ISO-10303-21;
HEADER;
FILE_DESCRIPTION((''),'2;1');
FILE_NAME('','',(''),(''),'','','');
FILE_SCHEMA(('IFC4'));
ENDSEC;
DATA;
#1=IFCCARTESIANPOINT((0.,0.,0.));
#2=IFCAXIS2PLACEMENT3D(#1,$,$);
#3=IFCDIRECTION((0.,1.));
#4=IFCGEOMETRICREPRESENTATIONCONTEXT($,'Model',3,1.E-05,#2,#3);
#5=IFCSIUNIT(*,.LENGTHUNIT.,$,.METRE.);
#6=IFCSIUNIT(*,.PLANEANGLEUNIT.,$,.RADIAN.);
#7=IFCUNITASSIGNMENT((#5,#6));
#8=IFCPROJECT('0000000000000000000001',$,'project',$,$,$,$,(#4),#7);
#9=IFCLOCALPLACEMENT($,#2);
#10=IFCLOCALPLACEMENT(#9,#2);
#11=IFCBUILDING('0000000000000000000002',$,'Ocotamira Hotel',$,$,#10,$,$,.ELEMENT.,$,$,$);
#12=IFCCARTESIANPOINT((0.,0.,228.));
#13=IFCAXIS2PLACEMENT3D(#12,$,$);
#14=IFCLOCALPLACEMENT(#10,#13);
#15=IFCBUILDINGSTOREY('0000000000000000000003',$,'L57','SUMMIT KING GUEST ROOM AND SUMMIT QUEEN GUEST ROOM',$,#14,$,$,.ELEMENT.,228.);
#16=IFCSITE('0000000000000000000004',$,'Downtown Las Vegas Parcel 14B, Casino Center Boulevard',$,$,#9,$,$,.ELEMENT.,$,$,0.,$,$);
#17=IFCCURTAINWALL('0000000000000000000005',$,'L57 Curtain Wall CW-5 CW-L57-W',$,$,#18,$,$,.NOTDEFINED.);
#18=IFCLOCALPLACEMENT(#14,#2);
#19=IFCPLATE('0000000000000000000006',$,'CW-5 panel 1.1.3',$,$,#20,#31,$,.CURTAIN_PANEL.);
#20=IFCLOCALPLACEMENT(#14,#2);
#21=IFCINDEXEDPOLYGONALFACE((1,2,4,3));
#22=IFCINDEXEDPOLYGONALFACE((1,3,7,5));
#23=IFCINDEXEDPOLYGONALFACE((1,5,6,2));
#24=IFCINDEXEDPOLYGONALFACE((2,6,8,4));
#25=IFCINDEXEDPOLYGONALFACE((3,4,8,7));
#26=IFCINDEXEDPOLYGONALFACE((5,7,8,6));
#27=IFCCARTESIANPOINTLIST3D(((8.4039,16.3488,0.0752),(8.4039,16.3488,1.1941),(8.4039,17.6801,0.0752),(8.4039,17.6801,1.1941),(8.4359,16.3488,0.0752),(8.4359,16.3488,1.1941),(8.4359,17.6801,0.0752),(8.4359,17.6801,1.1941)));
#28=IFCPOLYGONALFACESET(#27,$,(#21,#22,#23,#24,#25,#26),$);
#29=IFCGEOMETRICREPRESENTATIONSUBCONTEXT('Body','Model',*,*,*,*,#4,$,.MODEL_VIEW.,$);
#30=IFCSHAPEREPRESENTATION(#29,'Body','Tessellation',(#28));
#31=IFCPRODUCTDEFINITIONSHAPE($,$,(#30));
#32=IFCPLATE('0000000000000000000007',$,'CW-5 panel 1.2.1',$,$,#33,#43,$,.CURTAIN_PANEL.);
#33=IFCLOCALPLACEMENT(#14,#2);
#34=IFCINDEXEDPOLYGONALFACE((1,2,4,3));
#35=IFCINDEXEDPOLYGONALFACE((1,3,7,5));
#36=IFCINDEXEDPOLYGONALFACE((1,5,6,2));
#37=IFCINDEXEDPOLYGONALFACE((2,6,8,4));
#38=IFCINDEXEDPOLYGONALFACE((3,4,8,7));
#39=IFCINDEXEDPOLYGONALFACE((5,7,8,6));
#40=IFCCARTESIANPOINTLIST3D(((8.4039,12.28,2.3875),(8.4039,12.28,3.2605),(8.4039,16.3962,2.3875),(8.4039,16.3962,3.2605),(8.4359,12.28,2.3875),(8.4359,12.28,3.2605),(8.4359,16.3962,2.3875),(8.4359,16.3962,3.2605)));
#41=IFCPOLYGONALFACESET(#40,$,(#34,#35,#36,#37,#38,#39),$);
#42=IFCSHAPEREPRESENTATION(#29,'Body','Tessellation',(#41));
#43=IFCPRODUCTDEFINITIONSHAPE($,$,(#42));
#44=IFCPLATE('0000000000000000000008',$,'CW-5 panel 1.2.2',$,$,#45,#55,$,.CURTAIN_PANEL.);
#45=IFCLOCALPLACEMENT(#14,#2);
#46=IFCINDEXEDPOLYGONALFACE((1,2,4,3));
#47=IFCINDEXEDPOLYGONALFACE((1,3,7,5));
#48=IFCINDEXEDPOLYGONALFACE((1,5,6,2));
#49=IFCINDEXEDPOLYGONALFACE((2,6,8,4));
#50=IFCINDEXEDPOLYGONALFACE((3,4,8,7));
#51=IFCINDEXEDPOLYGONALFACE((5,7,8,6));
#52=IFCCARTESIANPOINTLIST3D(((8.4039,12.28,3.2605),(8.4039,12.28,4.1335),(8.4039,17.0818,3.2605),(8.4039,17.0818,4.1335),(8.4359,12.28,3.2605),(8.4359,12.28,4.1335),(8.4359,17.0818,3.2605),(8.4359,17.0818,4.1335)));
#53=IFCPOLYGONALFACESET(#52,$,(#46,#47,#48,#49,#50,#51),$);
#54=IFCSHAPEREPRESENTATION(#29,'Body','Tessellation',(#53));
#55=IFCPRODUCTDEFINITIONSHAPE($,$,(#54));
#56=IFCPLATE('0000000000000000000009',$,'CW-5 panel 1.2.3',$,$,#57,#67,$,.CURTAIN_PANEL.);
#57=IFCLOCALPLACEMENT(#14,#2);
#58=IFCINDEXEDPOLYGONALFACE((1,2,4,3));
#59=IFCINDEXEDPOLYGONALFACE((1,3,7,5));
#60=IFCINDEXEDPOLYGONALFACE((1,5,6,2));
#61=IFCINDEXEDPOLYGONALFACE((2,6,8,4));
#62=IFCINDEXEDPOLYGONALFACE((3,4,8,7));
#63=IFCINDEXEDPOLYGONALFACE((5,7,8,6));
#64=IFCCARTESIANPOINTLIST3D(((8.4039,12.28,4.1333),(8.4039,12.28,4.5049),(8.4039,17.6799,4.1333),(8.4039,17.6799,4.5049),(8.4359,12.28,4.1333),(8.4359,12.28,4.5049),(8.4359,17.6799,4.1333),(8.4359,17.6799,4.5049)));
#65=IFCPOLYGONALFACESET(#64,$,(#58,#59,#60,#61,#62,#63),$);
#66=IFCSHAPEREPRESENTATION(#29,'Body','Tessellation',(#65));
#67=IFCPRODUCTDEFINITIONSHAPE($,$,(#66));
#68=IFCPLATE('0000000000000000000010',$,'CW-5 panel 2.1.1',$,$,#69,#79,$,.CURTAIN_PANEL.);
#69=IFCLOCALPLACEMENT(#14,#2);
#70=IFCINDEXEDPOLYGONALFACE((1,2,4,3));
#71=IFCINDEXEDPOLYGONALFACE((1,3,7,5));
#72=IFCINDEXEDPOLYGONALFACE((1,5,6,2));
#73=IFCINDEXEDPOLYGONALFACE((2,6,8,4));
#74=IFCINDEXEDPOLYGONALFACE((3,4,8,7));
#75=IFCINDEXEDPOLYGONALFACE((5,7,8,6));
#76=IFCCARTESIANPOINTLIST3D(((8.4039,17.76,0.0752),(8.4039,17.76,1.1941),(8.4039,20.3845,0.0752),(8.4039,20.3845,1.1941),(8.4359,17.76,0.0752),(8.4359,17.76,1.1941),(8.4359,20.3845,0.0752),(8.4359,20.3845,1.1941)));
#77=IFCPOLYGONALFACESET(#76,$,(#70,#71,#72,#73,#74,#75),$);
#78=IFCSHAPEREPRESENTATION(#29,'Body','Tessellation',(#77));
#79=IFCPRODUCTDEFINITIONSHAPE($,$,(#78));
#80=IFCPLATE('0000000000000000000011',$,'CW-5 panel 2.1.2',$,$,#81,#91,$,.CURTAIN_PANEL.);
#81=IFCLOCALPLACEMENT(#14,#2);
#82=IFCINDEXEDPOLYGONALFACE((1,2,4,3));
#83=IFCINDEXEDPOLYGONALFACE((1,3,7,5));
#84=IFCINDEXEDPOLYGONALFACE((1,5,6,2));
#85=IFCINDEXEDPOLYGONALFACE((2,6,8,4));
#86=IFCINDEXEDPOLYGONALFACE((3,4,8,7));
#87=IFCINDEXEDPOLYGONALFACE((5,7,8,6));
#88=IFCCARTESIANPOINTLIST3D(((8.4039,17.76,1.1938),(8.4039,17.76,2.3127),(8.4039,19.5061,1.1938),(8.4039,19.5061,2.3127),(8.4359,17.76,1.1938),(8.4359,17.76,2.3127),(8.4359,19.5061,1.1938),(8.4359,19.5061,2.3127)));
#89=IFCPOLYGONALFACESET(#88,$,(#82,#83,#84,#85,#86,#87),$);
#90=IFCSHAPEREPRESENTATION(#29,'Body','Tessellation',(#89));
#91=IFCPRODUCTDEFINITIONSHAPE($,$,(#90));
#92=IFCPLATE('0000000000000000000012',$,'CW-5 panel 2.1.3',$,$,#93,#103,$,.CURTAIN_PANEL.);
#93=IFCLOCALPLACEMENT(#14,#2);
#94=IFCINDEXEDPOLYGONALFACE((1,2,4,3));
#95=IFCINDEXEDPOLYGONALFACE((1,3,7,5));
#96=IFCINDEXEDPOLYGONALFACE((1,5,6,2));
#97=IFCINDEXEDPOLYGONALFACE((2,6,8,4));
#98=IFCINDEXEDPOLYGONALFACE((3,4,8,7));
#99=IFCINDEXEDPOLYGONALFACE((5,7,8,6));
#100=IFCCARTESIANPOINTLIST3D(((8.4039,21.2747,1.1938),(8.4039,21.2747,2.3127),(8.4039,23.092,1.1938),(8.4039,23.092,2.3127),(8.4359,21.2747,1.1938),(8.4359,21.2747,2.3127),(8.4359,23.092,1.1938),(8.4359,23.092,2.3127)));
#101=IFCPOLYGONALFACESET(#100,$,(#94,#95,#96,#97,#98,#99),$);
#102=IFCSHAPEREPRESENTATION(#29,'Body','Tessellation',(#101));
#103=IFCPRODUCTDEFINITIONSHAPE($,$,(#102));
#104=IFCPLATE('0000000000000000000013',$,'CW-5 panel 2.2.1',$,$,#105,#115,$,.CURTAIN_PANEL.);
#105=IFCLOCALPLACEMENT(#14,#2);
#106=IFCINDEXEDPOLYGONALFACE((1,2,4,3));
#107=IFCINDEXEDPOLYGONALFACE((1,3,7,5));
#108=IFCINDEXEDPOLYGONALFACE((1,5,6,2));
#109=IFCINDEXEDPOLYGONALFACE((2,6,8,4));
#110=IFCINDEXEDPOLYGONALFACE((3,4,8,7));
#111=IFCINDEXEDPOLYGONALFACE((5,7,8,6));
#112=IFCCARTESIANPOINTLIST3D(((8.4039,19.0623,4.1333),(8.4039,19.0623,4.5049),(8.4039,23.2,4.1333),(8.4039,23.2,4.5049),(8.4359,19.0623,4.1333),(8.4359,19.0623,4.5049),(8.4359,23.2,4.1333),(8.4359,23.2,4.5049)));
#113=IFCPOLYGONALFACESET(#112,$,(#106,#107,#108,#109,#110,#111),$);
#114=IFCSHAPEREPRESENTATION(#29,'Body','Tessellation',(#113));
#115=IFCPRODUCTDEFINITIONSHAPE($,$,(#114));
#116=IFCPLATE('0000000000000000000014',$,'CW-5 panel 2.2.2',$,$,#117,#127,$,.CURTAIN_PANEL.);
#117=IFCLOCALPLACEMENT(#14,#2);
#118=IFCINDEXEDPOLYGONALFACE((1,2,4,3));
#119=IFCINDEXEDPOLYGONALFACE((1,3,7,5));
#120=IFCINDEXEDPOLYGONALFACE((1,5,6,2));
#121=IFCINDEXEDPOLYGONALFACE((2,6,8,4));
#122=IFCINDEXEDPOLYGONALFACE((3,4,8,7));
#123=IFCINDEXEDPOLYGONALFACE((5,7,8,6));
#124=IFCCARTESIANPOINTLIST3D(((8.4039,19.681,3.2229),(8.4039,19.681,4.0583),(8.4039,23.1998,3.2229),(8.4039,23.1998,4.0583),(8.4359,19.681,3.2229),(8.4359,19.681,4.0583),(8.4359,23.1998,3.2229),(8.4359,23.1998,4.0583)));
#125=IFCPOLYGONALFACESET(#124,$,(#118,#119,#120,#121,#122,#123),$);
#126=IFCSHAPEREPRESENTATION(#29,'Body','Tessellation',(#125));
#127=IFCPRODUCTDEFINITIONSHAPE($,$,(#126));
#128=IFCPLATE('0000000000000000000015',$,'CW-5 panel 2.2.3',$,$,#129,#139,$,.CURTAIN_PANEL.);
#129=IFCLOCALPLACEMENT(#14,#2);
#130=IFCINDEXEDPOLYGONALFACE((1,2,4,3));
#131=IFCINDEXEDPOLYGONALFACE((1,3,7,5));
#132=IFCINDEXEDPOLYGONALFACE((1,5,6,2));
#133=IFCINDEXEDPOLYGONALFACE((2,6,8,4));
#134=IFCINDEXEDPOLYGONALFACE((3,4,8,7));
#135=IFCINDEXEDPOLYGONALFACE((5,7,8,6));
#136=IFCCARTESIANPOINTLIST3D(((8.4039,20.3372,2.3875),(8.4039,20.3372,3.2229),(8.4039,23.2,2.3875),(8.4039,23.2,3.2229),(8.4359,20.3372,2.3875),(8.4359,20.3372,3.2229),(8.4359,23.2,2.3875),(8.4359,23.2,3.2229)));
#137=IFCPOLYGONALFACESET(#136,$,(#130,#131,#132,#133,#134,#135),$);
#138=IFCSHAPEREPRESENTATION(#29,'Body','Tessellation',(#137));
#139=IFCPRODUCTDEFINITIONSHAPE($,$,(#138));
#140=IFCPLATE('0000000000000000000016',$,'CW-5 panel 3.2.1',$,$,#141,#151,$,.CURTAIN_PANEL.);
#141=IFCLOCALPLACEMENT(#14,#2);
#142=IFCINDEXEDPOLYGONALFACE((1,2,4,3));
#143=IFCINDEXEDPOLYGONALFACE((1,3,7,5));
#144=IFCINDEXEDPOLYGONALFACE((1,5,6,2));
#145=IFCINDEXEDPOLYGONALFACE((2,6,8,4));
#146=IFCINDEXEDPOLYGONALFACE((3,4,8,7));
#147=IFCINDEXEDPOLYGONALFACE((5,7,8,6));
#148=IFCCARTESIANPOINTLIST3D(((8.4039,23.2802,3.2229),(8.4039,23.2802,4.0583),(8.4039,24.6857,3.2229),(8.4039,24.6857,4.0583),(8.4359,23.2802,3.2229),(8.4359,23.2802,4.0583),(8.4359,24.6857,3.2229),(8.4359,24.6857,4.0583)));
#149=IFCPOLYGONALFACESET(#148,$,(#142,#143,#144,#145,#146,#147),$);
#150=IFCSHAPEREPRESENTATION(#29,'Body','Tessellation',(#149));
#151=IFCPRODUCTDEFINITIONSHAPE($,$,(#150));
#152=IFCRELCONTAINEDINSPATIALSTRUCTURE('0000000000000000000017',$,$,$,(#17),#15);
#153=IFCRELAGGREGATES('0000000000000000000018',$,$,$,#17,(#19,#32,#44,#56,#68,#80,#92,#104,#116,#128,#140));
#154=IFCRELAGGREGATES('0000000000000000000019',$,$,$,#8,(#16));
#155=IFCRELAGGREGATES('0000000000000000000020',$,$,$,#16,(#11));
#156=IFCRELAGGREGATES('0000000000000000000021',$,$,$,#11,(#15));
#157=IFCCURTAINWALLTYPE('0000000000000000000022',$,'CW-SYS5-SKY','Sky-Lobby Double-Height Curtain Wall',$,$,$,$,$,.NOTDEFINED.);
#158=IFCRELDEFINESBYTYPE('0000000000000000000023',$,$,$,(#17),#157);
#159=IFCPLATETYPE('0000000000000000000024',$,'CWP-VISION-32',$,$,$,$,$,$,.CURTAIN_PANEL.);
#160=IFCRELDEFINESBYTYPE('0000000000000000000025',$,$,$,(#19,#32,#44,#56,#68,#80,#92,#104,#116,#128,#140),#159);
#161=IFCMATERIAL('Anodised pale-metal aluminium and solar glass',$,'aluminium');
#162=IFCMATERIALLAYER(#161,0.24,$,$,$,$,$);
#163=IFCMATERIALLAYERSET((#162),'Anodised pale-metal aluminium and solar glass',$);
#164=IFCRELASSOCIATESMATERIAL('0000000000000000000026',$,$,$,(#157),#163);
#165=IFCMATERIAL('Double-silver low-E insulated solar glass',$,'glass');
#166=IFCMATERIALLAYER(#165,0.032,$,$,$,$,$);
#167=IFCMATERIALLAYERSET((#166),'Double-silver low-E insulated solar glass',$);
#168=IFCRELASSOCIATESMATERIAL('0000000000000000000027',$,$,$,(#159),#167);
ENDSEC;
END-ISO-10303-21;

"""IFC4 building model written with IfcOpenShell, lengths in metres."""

from ifc_helpers import new_model, si_unit, direction, frame, origin, origin_2d, place, context, subcontext, project, spatial, rectangle, extrude, source, transform, mapped, material, layer, layer_set, type_object, element, aggregate, save


model = new_model("IFC4")

# Units and contexts
model_context = context("Model", 3, precision=1e-05, world=origin(), true_north=direction((0.0, 1.0)))
body_context = subcontext(model_context, "Body", "Model", "MODEL_VIEW")
ifc_project = project(units=[si_unit("LENGTHUNIT", "METRE"), si_unit("PLANEANGLEUNIT", "RADIAN")], contexts=[model_context])

# Site, building, storey
site_placement = place(None, origin())
site = spatial("IfcSite", under=ifc_project, at=site_placement, Name="Downtown Las Vegas Parcel 14B, Casino Center Boulevard", CompositionType="ELEMENT", RefElevation=0.0)
building_placement = place(site_placement, origin())
building = spatial("IfcBuilding", under=site, at=building_placement, Name="Ocotamira Hotel", CompositionType="ELEMENT")
storey_placement = place(building_placement, frame((0.0, 0.0, 228.0)))
storey = spatial("IfcBuildingStorey", under=building, at=storey_placement, Name="L57", Description="SUMMIT KING GUEST ROOM AND SUMMIT QUEEN GUEST ROOM", CompositionType="ELEMENT", Elevation=228.0)

# Curtain wall
ifc_material_1 = material(Name="Anodised pale-metal aluminium and solar glass", Category="aluminium")
ifc_layer_1 = layer(ifc_material_1, 0.24)
ifc_layer_set_1 = layer_set([ifc_layer_1], Name="Anodised pale-metal aluminium and solar glass")
curtain_wall_type = type_object("IfcCurtainWallType", Name="CW-SYS5-SKY", Description="Sky-Lobby Double-Height Curtain Wall", PredefinedType="NOTDEFINED", material=ifc_layer_set_1)
curtain_wall_placement = place(storey_placement, origin())
curtain_wall = element("IfcCurtainWall", 1, at=curtain_wall_placement, inside=storey, type_object=curtain_wall_type, Name="L57 Curtain Wall CW-5 CW-L57-W", PredefinedType="NOTDEFINED")

# Plates
ifc_material_2 = material(Name="Double-silver low-E insulated solar glass", Category="glass")
ifc_layer_2 = layer(ifc_material_2, 0.032)
ifc_layer_set_2 = layer_set([ifc_layer_2], Name="Double-silver low-E insulated solar glass")
plate_type_1 = type_object("IfcPlateType", Name="CWP-VISION-32", PredefinedType="CURTAIN_PANEL", material=ifc_layer_set_2)
shared_shape_1 = source(origin(), body_context, "Body", "SweptSolid", [
    extrude(rectangle(XDim=1.3313, YDim=0.032, at=origin_2d()), origin(), (0.0, 0.0, 1.0), 1.1189),
])
plate_1_placement = place(storey_placement, frame((8.4199, 17.0144, 0.0752), z_axis=(0.0, 0.0, 1.0), x_axis=(0.0, 1.0, 0.0)))
plate_1 = element("IfcPlate", 2, at=plate_1_placement, type_object=plate_type_1, Name="CW-5 panel 1.1.3", PredefinedType="CURTAIN_PANEL", context=body_context, shape_type="MappedRepresentation", body=[
    mapped(shared_shape_1, transform((0.0, 0.0, 0.0), scale=1.0)),
])
shared_shape_2 = source(origin(), body_context, "Body", "SweptSolid", [
    extrude(rectangle(XDim=4.1162, YDim=0.032, at=origin_2d()), origin(), (0.0, 0.0, 1.0), 0.873),
])
plate_2_placement = place(storey_placement, frame((8.4199, 14.3381, 2.3875), z_axis=(0.0, 0.0, 1.0), x_axis=(0.0, 1.0, 0.0)))
plate_2 = element("IfcPlate", 3, at=plate_2_placement, type_object=plate_type_1, Name="CW-5 panel 1.2.1", PredefinedType="CURTAIN_PANEL", context=body_context, shape_type="MappedRepresentation", body=[
    mapped(shared_shape_2, transform((0.0, 0.0, 0.0), scale=1.0)),
])
shared_shape_3 = source(origin(), body_context, "Body", "SweptSolid", [
    extrude(rectangle(XDim=4.8018, YDim=0.032, at=origin_2d()), origin(), (0.0, 0.0, 1.0), 0.873),
])
plate_3_placement = place(storey_placement, frame((8.4199, 14.6809, 3.2605), z_axis=(0.0, 0.0, 1.0), x_axis=(0.0, 1.0, 0.0)))
plate_3 = element("IfcPlate", 4, at=plate_3_placement, type_object=plate_type_1, Name="CW-5 panel 1.2.2", PredefinedType="CURTAIN_PANEL", context=body_context, shape_type="MappedRepresentation", body=[
    mapped(shared_shape_3, transform((0.0, 0.0, 0.0), scale=1.0)),
])
shared_shape_4 = source(origin(), body_context, "Body", "SweptSolid", [
    extrude(rectangle(XDim=5.3999, YDim=0.032, at=origin_2d()), origin(), (0.0, 0.0, 1.0), 0.3716),
])
plate_4_placement = place(storey_placement, frame((8.4199, 14.98, 4.1333), z_axis=(0.0, 0.0, 1.0), x_axis=(0.0, 1.0, 0.0)))
plate_4 = element("IfcPlate", 5, at=plate_4_placement, type_object=plate_type_1, Name="CW-5 panel 1.2.3", PredefinedType="CURTAIN_PANEL", context=body_context, shape_type="MappedRepresentation", body=[
    mapped(shared_shape_4, transform((0.0, 0.0, 0.0), scale=1.0)),
])
shared_shape_5 = source(origin(), body_context, "Body", "SweptSolid", [
    extrude(rectangle(XDim=2.6245, YDim=0.032, at=origin_2d()), origin(), (0.0, 0.0, 1.0), 1.1189),
])
plate_5_placement = place(storey_placement, frame((8.4199, 19.0723, 0.0752), z_axis=(0.0, 0.0, 1.0), x_axis=(0.0, 1.0, 0.0)))
plate_5 = element("IfcPlate", 6, at=plate_5_placement, type_object=plate_type_1, Name="CW-5 panel 2.1.1", PredefinedType="CURTAIN_PANEL", context=body_context, shape_type="MappedRepresentation", body=[
    mapped(shared_shape_5, transform((0.0, 0.0, 0.0), scale=1.0)),
])
shared_shape_6 = source(origin(), body_context, "Body", "SweptSolid", [
    extrude(rectangle(XDim=1.7461, YDim=0.032, at=origin_2d()), origin(), (0.0, 0.0, 1.0), 1.1189),
])
plate_6_placement = place(storey_placement, frame((8.4199, 18.6331, 1.1938), z_axis=(0.0, 0.0, 1.0), x_axis=(0.0, 1.0, 0.0)))
plate_6 = element("IfcPlate", 7, at=plate_6_placement, type_object=plate_type_1, Name="CW-5 panel 2.1.2", PredefinedType="CURTAIN_PANEL", context=body_context, shape_type="MappedRepresentation", body=[
    mapped(shared_shape_6, transform((0.0, 0.0, 0.0), scale=1.0)),
])
shared_shape_7 = source(origin(), body_context, "Body", "SweptSolid", [
    extrude(rectangle(XDim=1.8174, YDim=0.032, at=origin_2d()), origin(), (0.0, 0.0, 1.0), 1.1189),
])
plate_7_placement = place(storey_placement, frame((8.4199, 22.1833, 1.1938), z_axis=(0.0, 0.0, 1.0), x_axis=(0.0, 1.0, 0.0)))
plate_7 = element("IfcPlate", 8, at=plate_7_placement, type_object=plate_type_1, Name="CW-5 panel 2.1.3", PredefinedType="CURTAIN_PANEL", context=body_context, shape_type="MappedRepresentation", body=[
    mapped(shared_shape_7, transform((0.0, 0.0, 0.0), scale=1.0)),
])
shared_shape_8 = source(origin(), body_context, "Body", "SweptSolid", [
    extrude(rectangle(XDim=4.1377, YDim=0.032, at=origin_2d()), origin(), (0.0, 0.0, 1.0), 0.3716),
])
plate_8_placement = place(storey_placement, frame((8.4199, 21.1311, 4.1333), z_axis=(0.0, 0.0, 1.0), x_axis=(0.0, 1.0, 0.0)))
plate_8 = element("IfcPlate", 9, at=plate_8_placement, type_object=plate_type_1, Name="CW-5 panel 2.2.1", PredefinedType="CURTAIN_PANEL", context=body_context, shape_type="MappedRepresentation", body=[
    mapped(shared_shape_8, transform((0.0, 0.0, 0.0), scale=1.0)),
])
shared_shape_9 = source(origin(), body_context, "Body", "SweptSolid", [
    extrude(rectangle(XDim=3.5188, YDim=0.032, at=origin_2d()), origin(), (0.0, 0.0, 1.0), 0.8354),
])
plate_9_placement = place(storey_placement, frame((8.4199, 21.4404, 3.2229), z_axis=(0.0, 0.0, 1.0), x_axis=(0.0, 1.0, 0.0)))
plate_9 = element("IfcPlate", 10, at=plate_9_placement, type_object=plate_type_1, Name="CW-5 panel 2.2.2", PredefinedType="CURTAIN_PANEL", context=body_context, shape_type="MappedRepresentation", body=[
    mapped(shared_shape_9, transform((0.0, 0.0, 0.0), scale=1.0)),
])
shared_shape_10 = source(origin(), body_context, "Body", "SweptSolid", [
    extrude(rectangle(XDim=2.8628, YDim=0.032, at=origin_2d()), origin(), (0.0, 0.0, 1.0), 0.8354),
])
plate_10_placement = place(storey_placement, frame((8.4199, 21.7686, 2.3875), z_axis=(0.0, 0.0, 1.0), x_axis=(0.0, 1.0, 0.0)))
plate_10 = element("IfcPlate", 11, at=plate_10_placement, type_object=plate_type_1, Name="CW-5 panel 2.2.3", PredefinedType="CURTAIN_PANEL", context=body_context, shape_type="MappedRepresentation", body=[
    mapped(shared_shape_10, transform((0.0, 0.0, 0.0), scale=1.0)),
])
shared_shape_11 = source(origin(), body_context, "Body", "SweptSolid", [
    extrude(rectangle(XDim=1.4055, YDim=0.032, at=origin_2d()), origin(), (0.0, 0.0, 1.0), 0.8354),
])
plate_11_placement = place(storey_placement, frame((8.4199, 23.9829, 3.2229), z_axis=(0.0, 0.0, 1.0), x_axis=(0.0, 1.0, 0.0)))
plate_11 = element("IfcPlate", 12, at=plate_11_placement, type_object=plate_type_1, Name="CW-5 panel 3.2.1", PredefinedType="CURTAIN_PANEL", context=body_context, shape_type="MappedRepresentation", body=[
    mapped(shared_shape_11, transform((0.0, 0.0, 0.0), scale=1.0)),
])
aggregate(curtain_wall, [plate_1, plate_2, plate_3, plate_4, plate_5, plate_6, plate_7, plate_8, plate_9, plate_10, plate_11])

save(model, "model.ifc")
